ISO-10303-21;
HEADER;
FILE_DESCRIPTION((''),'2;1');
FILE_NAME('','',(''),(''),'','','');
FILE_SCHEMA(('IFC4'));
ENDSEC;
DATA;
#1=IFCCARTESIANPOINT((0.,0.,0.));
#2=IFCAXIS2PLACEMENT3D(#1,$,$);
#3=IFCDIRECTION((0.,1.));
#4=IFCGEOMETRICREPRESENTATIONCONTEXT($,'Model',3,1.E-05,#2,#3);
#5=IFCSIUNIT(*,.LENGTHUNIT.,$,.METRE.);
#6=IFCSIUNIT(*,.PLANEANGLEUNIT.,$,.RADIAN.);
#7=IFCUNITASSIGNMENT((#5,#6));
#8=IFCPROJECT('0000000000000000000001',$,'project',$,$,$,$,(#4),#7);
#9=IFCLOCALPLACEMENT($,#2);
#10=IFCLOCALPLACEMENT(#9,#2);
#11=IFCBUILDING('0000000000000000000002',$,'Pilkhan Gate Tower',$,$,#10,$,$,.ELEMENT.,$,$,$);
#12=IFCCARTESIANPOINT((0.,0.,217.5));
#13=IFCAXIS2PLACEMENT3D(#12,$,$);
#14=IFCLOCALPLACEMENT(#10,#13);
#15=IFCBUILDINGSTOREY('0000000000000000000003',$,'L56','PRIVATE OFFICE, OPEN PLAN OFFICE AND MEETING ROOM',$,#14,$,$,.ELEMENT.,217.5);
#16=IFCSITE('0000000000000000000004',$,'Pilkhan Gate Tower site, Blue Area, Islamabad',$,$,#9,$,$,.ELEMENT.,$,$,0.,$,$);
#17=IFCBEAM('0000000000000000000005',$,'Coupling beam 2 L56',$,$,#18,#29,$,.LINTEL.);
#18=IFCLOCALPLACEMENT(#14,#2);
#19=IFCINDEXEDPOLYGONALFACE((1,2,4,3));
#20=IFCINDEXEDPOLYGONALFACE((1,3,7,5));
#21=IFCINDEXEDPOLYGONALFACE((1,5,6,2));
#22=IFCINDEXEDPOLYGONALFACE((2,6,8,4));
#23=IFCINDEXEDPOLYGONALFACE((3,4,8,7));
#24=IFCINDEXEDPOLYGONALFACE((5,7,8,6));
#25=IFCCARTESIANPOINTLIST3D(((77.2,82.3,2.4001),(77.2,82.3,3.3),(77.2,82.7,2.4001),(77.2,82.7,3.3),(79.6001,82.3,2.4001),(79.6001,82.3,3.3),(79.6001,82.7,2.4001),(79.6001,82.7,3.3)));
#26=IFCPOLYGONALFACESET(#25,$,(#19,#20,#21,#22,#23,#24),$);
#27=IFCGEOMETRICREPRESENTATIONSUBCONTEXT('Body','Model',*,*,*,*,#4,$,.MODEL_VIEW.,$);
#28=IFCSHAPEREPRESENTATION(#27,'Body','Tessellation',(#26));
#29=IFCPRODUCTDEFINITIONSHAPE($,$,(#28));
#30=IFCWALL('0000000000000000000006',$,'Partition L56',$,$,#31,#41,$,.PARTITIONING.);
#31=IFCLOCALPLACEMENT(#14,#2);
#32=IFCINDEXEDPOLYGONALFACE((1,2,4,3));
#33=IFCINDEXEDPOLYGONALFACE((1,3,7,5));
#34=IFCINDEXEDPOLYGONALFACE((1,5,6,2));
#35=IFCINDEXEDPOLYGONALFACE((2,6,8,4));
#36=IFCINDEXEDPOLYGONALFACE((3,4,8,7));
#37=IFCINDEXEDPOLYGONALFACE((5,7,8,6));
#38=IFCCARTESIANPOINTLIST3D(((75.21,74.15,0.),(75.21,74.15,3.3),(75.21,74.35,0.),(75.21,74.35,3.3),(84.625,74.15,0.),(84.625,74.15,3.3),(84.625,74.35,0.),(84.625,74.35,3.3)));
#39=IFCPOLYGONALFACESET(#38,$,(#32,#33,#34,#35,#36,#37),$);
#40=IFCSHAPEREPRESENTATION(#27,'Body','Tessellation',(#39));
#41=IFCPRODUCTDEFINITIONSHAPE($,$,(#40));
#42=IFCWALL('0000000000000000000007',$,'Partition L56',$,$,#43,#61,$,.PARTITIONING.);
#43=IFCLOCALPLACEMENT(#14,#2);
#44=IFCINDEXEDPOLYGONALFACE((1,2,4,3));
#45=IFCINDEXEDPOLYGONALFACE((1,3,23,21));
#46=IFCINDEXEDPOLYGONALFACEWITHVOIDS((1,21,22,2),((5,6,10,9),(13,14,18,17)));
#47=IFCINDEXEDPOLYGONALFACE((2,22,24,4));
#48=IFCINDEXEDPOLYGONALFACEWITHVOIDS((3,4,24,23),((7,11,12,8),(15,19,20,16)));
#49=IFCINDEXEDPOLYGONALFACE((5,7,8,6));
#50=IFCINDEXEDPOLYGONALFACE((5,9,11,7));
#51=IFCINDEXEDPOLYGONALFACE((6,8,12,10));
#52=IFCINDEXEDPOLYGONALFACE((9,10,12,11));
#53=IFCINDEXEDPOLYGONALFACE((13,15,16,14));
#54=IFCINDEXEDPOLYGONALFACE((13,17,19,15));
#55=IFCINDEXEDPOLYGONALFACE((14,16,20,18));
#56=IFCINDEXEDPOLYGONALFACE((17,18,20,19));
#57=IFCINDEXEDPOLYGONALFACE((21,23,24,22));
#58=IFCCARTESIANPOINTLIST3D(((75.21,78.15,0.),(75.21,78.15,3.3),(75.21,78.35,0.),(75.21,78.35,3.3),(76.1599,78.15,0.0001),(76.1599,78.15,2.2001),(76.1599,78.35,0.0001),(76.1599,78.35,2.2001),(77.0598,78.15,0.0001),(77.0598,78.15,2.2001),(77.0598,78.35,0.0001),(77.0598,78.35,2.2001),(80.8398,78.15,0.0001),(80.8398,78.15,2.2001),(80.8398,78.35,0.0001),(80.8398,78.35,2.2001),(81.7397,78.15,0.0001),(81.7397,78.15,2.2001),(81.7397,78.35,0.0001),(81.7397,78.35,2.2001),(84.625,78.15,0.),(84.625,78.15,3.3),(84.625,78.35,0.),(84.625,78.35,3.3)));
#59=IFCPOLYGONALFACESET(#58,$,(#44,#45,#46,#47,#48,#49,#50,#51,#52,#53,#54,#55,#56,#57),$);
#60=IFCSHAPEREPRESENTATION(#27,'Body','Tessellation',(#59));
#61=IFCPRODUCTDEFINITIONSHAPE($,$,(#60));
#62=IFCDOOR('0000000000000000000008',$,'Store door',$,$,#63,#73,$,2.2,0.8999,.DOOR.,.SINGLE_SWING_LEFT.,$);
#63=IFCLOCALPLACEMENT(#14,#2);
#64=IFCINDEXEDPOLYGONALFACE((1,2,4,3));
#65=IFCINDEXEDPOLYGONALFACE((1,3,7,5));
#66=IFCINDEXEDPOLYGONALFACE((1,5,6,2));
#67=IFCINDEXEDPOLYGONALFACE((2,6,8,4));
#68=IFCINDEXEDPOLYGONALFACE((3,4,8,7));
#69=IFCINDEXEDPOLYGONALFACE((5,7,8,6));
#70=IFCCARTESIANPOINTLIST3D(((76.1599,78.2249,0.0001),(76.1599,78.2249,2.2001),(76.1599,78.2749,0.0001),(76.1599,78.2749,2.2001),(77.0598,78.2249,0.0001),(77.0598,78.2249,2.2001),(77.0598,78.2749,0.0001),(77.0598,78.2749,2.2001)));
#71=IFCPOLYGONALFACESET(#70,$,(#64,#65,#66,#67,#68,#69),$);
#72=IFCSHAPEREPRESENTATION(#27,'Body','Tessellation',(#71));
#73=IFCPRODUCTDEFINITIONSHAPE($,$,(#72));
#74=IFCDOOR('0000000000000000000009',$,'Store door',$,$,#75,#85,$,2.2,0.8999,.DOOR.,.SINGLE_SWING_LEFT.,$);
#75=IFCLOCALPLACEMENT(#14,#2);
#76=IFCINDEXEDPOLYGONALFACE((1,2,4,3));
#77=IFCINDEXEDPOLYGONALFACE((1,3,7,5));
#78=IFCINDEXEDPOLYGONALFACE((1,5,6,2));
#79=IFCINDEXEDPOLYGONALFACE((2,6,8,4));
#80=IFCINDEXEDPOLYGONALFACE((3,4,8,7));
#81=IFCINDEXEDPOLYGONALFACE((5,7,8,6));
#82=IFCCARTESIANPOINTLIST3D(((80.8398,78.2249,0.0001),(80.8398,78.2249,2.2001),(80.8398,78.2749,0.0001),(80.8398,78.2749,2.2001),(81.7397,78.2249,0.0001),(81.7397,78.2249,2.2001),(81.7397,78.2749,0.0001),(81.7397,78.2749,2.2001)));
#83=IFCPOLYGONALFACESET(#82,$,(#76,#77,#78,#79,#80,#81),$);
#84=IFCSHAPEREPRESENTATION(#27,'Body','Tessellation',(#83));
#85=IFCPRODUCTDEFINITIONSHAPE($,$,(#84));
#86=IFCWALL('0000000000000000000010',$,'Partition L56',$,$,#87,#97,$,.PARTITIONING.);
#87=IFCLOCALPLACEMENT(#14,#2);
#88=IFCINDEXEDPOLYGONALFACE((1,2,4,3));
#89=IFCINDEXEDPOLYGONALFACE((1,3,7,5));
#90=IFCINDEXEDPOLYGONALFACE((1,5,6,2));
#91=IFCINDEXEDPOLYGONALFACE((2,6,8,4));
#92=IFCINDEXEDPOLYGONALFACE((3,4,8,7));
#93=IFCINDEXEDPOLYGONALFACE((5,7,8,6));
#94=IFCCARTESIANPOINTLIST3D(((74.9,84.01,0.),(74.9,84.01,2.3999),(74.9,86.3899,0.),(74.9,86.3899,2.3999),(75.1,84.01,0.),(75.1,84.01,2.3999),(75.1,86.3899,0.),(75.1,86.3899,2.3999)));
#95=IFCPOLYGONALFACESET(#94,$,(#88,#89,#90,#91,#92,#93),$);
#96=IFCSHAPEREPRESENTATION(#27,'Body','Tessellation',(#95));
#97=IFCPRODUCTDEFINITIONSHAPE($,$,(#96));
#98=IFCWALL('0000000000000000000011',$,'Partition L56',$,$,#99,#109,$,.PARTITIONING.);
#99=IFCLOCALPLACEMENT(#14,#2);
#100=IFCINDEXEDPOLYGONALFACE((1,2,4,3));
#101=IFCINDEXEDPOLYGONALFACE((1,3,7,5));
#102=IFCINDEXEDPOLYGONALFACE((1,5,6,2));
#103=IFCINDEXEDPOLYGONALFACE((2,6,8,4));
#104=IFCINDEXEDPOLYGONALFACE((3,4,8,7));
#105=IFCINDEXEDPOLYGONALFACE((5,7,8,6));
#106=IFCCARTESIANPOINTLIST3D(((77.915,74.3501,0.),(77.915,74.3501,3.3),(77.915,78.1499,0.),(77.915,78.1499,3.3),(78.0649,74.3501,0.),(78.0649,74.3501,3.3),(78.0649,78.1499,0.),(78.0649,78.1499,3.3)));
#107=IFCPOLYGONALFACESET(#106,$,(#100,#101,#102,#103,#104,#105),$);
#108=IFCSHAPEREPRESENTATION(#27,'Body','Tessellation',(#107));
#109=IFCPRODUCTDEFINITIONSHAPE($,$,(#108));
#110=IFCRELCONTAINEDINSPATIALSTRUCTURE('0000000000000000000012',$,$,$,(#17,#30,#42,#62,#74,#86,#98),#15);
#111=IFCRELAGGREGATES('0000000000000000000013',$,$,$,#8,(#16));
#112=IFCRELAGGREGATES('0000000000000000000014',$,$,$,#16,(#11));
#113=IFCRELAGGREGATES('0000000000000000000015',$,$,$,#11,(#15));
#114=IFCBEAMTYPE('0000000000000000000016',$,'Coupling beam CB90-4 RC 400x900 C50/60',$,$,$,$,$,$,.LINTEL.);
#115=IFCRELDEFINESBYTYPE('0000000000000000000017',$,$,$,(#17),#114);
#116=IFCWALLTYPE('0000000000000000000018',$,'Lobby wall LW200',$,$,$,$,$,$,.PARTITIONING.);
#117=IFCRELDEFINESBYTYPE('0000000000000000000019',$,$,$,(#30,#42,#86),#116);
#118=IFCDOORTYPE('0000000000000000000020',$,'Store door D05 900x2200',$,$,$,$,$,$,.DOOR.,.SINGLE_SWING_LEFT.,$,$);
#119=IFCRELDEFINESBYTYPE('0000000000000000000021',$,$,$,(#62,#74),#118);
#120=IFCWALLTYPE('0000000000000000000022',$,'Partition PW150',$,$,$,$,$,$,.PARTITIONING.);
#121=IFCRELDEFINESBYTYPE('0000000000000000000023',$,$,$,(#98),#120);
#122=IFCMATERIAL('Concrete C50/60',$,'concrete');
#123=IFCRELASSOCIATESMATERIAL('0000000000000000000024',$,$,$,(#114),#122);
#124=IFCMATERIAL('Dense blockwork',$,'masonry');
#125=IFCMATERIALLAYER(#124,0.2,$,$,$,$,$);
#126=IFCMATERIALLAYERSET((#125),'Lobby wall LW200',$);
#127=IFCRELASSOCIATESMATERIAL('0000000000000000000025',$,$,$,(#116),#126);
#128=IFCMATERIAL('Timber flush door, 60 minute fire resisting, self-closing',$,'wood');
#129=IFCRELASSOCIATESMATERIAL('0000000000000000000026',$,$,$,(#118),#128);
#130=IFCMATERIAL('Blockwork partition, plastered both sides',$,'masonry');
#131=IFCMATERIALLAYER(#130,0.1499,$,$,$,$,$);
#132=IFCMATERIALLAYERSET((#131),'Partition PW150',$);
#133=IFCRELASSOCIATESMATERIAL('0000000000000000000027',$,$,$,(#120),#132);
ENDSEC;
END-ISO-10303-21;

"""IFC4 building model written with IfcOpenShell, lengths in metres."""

from ifc_helpers import new_model, si_unit, direction, frame, frame_2d, origin, origin_2d, place, context, subcontext, project, spatial, rectangle, extrude, material, layer, layer_set, material_profile, profile_set, type_object, element, fill, save


model = new_model("IFC4")

# Units and contexts
model_context = context("Model", 3, precision=1e-05, world=origin(), true_north=direction((0.0, 1.0)))
body_context = subcontext(model_context, "Body", "Model", "MODEL_VIEW")
ifc_project = project(units=[si_unit("LENGTHUNIT", "METRE"), si_unit("PLANEANGLEUNIT", "RADIAN")], contexts=[model_context])

# Site, building, storey
site_placement = place(None, origin())
site = spatial("IfcSite", under=ifc_project, at=site_placement, Name="Pilkhan Gate Tower site, Blue Area, Islamabad", CompositionType="ELEMENT", RefElevation=0.0)
building_placement = place(site_placement, origin())
building = spatial("IfcBuilding", under=site, at=building_placement, Name="Pilkhan Gate Tower", CompositionType="ELEMENT")
storey_placement = place(building_placement, frame((0.0, 0.0, 217.5)))
storey = spatial("IfcBuildingStorey", under=building, at=storey_placement, Name="L56", Description="PRIVATE OFFICE, OPEN PLAN OFFICE AND MEETING ROOM", CompositionType="ELEMENT", Elevation=217.5)

# Beam
ifc_material_1 = material(Name="Concrete C50/60", Category="concrete")
ifc_material_profile = material_profile(ifc_material_1, rectangle(XDim=0.3999, YDim=0.8999, at=origin_2d()), Name="RC 400x900")
ifc_profile_set = profile_set([ifc_material_profile], Name="Concrete C50/60")
beam_type = type_object("IfcBeamType", Name="Coupling beam CB90-4 RC 400x900 C50/60", PredefinedType="LINTEL", material=ifc_profile_set)
beam_placement = place(storey_placement, frame((77.2, 82.5, 2.8501), z_axis=(1.0, 0.0, 0.0), x_axis=(0.0, 1.0, 0.0)))
element("IfcBeam", 1, at=beam_placement, inside=storey, type_object=beam_type, Name="Coupling beam 2 L56", PredefinedType="LINTEL", context=body_context, shape_type="SweptSolid", body=[
    extrude(rectangle(XDim=0.3999, YDim=0.8999, at=origin_2d()), origin(), (0.0, 0.0, 1.0), 2.4001),
])

# Wall
ifc_material_2 = material(Name="Dense blockwork", Category="masonry")
ifc_layer_1 = layer(ifc_material_2, 0.2)
ifc_layer_set_1 = layer_set([ifc_layer_1], Name="Lobby wall LW200")
wall_type_1 = type_object("IfcWallType", Name="Lobby wall LW200", PredefinedType="PARTITIONING", material=ifc_layer_set_1)
wall_1_placement = place(storey_placement, frame((75.21, 74.25, 0.0), z_axis=(0.0, 0.0, 1.0), x_axis=(1.0, 0.0, 0.0)))
element("IfcWall", 2, at=wall_1_placement, inside=storey, type_object=wall_type_1, Name="Partition L56", PredefinedType="PARTITIONING", context=body_context, shape_type="SweptSolid", body=[
    extrude(rectangle(XDim=9.415, YDim=0.2, at=frame_2d((4.7075, 0.0))), origin(), (0.0, 0.0, 1.0), 3.3),
])

# Wall, openings, doors
wall_2_placement = place(storey_placement, frame((75.21, 78.25, 0.0), z_axis=(0.0, 0.0, 1.0), x_axis=(1.0, 0.0, 0.0)))
wall_2 = element("IfcWall", 3, at=wall_2_placement, inside=storey, type_object=wall_type_1, Name="Partition L56", PredefinedType="PARTITIONING", context=body_context, shape_type="SweptSolid", body=[
    extrude(rectangle(XDim=9.415, YDim=0.2, at=frame_2d((4.7075, 0.0))), origin(), (0.0, 0.0, 1.0), 3.3),
])
opening_1_placement = place(wall_2_placement, frame((0.95, 0.0, 0.0)))
opening_1 = element("IfcOpeningElement", 4, at=opening_1_placement, cuts=wall_2, PredefinedType="OPENING", context=body_context, shape_type="SweptSolid", body=[
    extrude(rectangle(XDim=0.8999, YDim=2.2, at=frame_2d((0.45, 1.1001))), frame((0.0, 0.1099, 0.0), z_axis=(0.0, -1.0, 0.0), x_axis=(1.0, 0.0, 0.0)), (0.0, 0.0, 1.0), 0.22),
])
opening_2_placement = place(wall_2_placement, frame((5.6299, 0.0, 0.0)))
opening_2 = element("IfcOpeningElement", 5, at=opening_2_placement, cuts=wall_2, PredefinedType="OPENING", context=body_context, shape_type="SweptSolid", body=[
    extrude(rectangle(XDim=0.8999, YDim=2.2, at=frame_2d((0.45, 1.1001))), frame((0.0, 0.1099, 0.0), z_axis=(0.0, -1.0, 0.0), x_axis=(1.0, 0.0, 0.0)), (0.0, 0.0, 1.0), 0.22),
])
ifc_material_3 = material(Name="Timber flush door, 60 minute fire resisting, self-closing", Category="wood")
door_type_1 = type_object("IfcDoorType", Name="Store door D05 900x2200", OperationType="SINGLE_SWING_LEFT", PredefinedType="DOOR", material=ifc_material_3)
door_1_placement = place(opening_1_placement, origin())
door_1 = element("IfcDoor", 6, at=door_1_placement, inside=storey, type_object=door_type_1, Name="Store door", OperationType="SINGLE_SWING_LEFT", OverallHeight=2.2, OverallWidth=0.8999, PredefinedType="DOOR", context=body_context, shape_type="SweptSolid", body=[
    extrude(rectangle(XDim=0.8999, YDim=2.2, at=frame_2d((0.45, 1.1001))), frame((0.0, 0.0249, 0.0), z_axis=(0.0, -1.0, 0.0), x_axis=(1.0, 0.0, 0.0)), (0.0, 0.0, 1.0), 0.05),
])
fill(opening_1, door_1)
door_2_placement = place(opening_2_placement, origin())
door_2 = element("IfcDoor", 7, at=door_2_placement, inside=storey, type_object=door_type_1, Name="Store door", OperationType="SINGLE_SWING_LEFT", OverallHeight=2.2, OverallWidth=0.8999, PredefinedType="DOOR", context=body_context, shape_type="SweptSolid", body=[
    extrude(rectangle(XDim=0.8999, YDim=2.2, at=frame_2d((0.45, 1.1001))), frame((0.0, 0.0249, 0.0), z_axis=(0.0, -1.0, 0.0), x_axis=(1.0, 0.0, 0.0)), (0.0, 0.0, 1.0), 0.05),
])
fill(opening_2, door_2)

# Walls
wall_3_placement = place(storey_placement, frame((75.0, 84.01, 0.0), z_axis=(0.0, 0.0, 1.0), x_axis=(0.0, 1.0, 0.0)))
element("IfcWall", 8, at=wall_3_placement, inside=storey, type_object=wall_type_1, Name="Partition L56", PredefinedType="PARTITIONING", context=body_context, shape_type="SweptSolid", body=[
    extrude(rectangle(XDim=2.3799, YDim=0.2, at=frame_2d((1.1899, 0.0))), origin(), (0.0, 0.0, 1.0), 2.3999),
])
ifc_material_4 = material(Name="Blockwork partition, plastered both sides", Category="masonry")
ifc_layer_2 = layer(ifc_material_4, 0.1499)
ifc_layer_set_2 = layer_set([ifc_layer_2], Name="Partition PW150")
wall_type_2 = type_object("IfcWallType", Name="Partition PW150", PredefinedType="PARTITIONING", material=ifc_layer_set_2)
wall_4_placement = place(storey_placement, frame((77.99, 74.3501, 0.0), z_axis=(0.0, 0.0, 1.0), x_axis=(0.0, 1.0, 0.0)))
element("IfcWall", 9, at=wall_4_placement, inside=storey, type_object=wall_type_2, Name="Partition L56", PredefinedType="PARTITIONING", context=body_context, shape_type="SweptSolid", body=[
    extrude(rectangle(XDim=3.7998, YDim=0.1499, at=frame_2d((1.8999, 0.0))), origin(), (0.0, 0.0, 1.0), 3.3),
])

save(model, "model.ifc")
